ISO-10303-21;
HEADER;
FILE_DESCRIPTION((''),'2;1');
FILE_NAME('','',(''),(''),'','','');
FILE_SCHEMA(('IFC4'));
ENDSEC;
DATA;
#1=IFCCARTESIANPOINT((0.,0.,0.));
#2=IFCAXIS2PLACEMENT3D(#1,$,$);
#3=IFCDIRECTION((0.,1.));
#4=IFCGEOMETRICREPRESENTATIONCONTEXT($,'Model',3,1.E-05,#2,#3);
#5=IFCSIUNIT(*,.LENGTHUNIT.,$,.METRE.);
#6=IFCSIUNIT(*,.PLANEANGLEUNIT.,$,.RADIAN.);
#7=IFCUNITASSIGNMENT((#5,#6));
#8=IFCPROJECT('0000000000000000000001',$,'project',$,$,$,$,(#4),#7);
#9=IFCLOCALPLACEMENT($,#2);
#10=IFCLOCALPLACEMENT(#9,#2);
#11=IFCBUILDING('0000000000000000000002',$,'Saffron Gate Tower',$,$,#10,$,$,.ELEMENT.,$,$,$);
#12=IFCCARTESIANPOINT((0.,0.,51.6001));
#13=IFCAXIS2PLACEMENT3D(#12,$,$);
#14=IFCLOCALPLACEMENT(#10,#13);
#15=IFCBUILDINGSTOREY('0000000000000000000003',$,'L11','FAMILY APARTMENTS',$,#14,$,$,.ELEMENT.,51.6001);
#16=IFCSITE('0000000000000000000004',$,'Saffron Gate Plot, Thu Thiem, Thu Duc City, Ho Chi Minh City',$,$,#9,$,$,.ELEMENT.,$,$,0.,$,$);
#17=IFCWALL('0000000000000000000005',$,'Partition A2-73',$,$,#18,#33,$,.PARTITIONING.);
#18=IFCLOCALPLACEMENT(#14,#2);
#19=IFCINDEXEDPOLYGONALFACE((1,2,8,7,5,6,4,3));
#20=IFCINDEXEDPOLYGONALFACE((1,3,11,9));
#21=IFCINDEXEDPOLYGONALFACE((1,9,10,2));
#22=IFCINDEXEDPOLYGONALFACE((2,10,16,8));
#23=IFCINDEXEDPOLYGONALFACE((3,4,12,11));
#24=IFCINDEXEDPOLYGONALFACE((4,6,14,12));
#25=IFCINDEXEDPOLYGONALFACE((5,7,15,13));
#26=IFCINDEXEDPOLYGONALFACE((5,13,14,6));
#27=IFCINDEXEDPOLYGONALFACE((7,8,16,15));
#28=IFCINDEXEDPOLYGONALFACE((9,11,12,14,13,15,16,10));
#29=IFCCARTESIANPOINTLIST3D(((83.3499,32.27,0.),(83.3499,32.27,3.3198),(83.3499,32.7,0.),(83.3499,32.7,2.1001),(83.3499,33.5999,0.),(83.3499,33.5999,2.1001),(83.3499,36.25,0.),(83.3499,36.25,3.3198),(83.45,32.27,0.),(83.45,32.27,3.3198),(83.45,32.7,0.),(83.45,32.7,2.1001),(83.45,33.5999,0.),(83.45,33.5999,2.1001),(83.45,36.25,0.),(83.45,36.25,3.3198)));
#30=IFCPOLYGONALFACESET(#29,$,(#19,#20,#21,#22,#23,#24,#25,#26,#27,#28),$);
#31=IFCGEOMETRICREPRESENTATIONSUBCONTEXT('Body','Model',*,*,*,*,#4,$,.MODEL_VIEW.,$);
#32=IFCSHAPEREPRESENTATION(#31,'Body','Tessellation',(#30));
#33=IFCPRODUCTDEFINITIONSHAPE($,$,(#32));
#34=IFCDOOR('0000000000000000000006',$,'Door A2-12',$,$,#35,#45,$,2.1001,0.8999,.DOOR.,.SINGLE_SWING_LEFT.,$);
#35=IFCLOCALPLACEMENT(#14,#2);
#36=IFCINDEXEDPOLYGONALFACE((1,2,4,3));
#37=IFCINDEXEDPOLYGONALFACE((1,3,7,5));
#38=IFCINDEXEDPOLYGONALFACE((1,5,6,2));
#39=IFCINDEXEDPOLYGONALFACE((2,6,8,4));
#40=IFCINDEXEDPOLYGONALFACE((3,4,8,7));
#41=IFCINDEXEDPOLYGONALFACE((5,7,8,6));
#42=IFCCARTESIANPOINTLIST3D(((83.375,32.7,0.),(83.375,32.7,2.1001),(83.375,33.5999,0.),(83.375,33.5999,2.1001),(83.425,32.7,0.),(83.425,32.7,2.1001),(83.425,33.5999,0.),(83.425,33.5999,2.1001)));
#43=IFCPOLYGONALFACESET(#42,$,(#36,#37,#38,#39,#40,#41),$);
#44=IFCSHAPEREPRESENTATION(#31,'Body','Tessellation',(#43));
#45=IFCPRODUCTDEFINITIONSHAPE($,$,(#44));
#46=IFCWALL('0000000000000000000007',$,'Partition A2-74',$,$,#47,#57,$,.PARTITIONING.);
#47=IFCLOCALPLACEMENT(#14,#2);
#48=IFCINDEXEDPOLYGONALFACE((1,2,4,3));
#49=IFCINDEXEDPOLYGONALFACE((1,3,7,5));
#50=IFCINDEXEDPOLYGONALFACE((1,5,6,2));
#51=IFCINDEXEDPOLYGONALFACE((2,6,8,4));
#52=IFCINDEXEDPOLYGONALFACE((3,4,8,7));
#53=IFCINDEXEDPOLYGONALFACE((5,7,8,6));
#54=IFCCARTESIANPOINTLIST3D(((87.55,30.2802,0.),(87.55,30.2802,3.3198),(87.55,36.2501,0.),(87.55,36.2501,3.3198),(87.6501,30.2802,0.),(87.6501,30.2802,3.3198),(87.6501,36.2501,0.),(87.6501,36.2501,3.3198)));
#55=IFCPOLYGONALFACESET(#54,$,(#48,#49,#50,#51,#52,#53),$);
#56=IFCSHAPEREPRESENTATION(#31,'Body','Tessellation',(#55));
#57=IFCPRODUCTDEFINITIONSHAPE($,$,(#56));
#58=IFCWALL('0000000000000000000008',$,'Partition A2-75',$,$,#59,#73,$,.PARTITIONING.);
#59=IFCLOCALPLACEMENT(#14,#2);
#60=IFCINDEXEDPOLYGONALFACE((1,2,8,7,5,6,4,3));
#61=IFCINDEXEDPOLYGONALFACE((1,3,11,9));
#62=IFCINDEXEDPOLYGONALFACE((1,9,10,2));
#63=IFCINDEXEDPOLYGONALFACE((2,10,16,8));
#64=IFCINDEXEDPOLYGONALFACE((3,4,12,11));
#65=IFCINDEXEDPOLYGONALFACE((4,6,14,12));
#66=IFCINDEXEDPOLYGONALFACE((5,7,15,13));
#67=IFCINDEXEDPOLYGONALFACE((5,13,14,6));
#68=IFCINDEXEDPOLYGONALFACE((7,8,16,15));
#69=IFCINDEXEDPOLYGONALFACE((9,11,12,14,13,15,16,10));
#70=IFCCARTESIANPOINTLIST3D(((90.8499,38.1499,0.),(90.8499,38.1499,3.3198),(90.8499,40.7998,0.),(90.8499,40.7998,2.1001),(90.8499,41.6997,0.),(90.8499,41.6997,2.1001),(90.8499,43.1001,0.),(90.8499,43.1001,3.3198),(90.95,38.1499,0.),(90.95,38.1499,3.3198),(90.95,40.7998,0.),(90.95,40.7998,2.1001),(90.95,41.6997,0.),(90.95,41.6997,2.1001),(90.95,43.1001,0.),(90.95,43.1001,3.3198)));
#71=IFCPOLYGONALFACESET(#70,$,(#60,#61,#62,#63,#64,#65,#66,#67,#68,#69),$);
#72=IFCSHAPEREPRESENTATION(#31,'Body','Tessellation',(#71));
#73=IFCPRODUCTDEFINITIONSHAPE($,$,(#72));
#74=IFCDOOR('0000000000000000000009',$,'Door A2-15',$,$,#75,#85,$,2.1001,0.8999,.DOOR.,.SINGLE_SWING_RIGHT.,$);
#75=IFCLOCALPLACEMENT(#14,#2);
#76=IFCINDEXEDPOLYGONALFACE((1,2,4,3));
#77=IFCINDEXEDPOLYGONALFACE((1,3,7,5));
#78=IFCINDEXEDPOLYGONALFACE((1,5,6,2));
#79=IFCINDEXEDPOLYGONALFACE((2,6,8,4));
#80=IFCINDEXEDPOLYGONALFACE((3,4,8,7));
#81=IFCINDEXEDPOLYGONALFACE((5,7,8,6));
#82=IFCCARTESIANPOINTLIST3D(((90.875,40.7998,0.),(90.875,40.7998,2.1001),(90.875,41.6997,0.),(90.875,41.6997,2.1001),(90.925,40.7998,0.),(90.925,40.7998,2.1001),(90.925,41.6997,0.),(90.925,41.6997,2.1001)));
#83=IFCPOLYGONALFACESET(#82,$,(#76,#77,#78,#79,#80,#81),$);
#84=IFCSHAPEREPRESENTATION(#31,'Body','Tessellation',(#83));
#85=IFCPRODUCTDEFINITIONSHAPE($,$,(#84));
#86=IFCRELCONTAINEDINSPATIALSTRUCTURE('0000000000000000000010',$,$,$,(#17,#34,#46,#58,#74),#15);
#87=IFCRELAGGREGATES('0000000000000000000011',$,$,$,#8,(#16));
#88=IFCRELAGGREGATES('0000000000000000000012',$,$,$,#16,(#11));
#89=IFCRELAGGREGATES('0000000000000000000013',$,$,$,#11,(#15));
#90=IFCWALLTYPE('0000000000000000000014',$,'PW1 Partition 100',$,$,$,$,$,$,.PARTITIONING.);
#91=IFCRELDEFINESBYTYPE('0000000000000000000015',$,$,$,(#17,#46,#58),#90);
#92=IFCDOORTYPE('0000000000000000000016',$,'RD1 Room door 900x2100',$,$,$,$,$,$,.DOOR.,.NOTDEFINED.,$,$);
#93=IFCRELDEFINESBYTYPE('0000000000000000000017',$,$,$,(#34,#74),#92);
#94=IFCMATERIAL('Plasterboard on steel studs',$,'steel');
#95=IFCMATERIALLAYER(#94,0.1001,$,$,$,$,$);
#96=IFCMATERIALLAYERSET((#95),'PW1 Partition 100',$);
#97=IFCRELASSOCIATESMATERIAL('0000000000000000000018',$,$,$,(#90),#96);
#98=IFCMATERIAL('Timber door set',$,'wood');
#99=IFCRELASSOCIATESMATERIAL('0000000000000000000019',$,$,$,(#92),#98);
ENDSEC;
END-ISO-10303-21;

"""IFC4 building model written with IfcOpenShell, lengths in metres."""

from ifc_helpers import new_model, si_unit, direction, frame, frame_2d, origin, place, context, subcontext, project, spatial, rectangle, extrude, material, layer, layer_set, type_object, element, fill, save


model = new_model("IFC4")

# Units and contexts
model_context = context("Model", 3, precision=1e-05, world=origin(), true_north=direction((0.0, 1.0)))
body_context = subcontext(model_context, "Body", "Model", "MODEL_VIEW")
ifc_project = project(units=[si_unit("LENGTHUNIT", "METRE"), si_unit("PLANEANGLEUNIT", "RADIAN")], contexts=[model_context])

# Site, building, storey
site_placement = place(None, origin())
site = spatial("IfcSite", under=ifc_project, at=site_placement, Name="Saffron Gate Plot, Thu Thiem, Thu Duc City, Ho Chi Minh City", CompositionType="ELEMENT", RefElevation=0.0)
building_placement = place(site_placement, origin())
building = spatial("IfcBuilding", under=site, at=building_placement, Name="Saffron Gate Tower", CompositionType="ELEMENT")
storey_placement = place(building_placement, frame((0.0, 0.0, 51.6001)))
storey = spatial("IfcBuildingStorey", under=building, at=storey_placement, Name="L11", Description="FAMILY APARTMENTS", CompositionType="ELEMENT", Elevation=51.6001)

# Shared definitions
ifc_material_1 = material(Name="Plasterboard on steel studs", Category="steel")
ifc_layer = layer(ifc_material_1, 0.1001)
ifc_layer_set = layer_set([ifc_layer], Name="PW1 Partition 100")
wall_type = type_object("IfcWallType", Name="PW1 Partition 100", PredefinedType="PARTITIONING", material=ifc_layer_set)

# Wall, opening, door
wall_1_placement = place(storey_placement, frame((83.3999, 32.27, 0.0), z_axis=(0.0, 0.0, 1.0), x_axis=(0.0, 1.0, 0.0)))
wall_1 = element("IfcWall", 1, at=wall_1_placement, inside=storey, type_object=wall_type, Name="Partition A2-73", PredefinedType="PARTITIONING", context=body_context, shape_type="SweptSolid", body=[
    extrude(rectangle(XDim=3.98, YDim=0.1001, at=frame_2d((1.99, 0.0))), origin(), (0.0, 0.0, 1.0), 3.3198),
])
opening_1_placement = place(wall_1_placement, frame((0.4299, 0.0, 0.0)))
opening_1 = element("IfcOpeningElement", 2, at=opening_1_placement, cuts=wall_1, PredefinedType="OPENING", context=body_context, shape_type="SweptSolid", body=[
    extrude(rectangle(XDim=0.8999, YDim=2.1001, at=frame_2d((0.45, 1.05))), frame((0.0, 0.0601, 0.0), z_axis=(0.0, -1.0, 0.0), x_axis=(1.0, 0.0, 0.0)), (0.0, 0.0, 1.0), 0.1201),
])
ifc_material_2 = material(Name="Timber door set", Category="wood")
door_type = type_object("IfcDoorType", Name="RD1 Room door 900x2100", OperationType="NOTDEFINED", PredefinedType="DOOR", material=ifc_material_2)
door_1_placement = place(opening_1_placement, origin())
door_1 = element("IfcDoor", 3, at=door_1_placement, inside=storey, type_object=door_type, Name="Door A2-12", OperationType="SINGLE_SWING_LEFT", OverallHeight=2.1001, OverallWidth=0.8999, PredefinedType="DOOR", context=body_context, shape_type="SweptSolid", body=[
    extrude(rectangle(XDim=0.8999, YDim=2.1001, at=frame_2d((0.45, 1.05))), frame((0.0, 0.0249, 0.0), z_axis=(0.0, -1.0, 0.0), x_axis=(1.0, 0.0, 0.0)), (0.0, 0.0, 1.0), 0.05),
])
fill(opening_1, door_1)

# Wall
wall_2_placement = place(storey_placement, frame((87.6001, 36.25, 0.0), z_axis=(0.0, 0.0, 1.0), x_axis=(0.0, -1.0, 0.0)))
element("IfcWall", 4, at=wall_2_placement, inside=storey, type_object=wall_type, Name="Partition A2-74", PredefinedType="PARTITIONING", context=body_context, shape_type="SweptSolid", body=[
    extrude(rectangle(XDim=5.97, YDim=0.1001, at=frame_2d((2.9849, 0.0))), origin(), (0.0, 0.0, 1.0), 3.3198),
])

# Wall, opening, door
wall_3_placement = place(storey_placement, frame((90.8999, 38.1499, 0.0), z_axis=(0.0, 0.0, 1.0), x_axis=(0.0, 1.0, 0.0)))
wall_3 = element("IfcWall", 5, at=wall_3_placement, inside=storey, type_object=wall_type, Name="Partition A2-75", PredefinedType="PARTITIONING", context=body_context, shape_type="SweptSolid", body=[
    extrude(rectangle(XDim=4.9502, YDim=0.1001, at=frame_2d((2.4751, 0.0))), origin(), (0.0, 0.0, 1.0), 3.3198),
])
opening_2_placement = place(wall_3_placement, frame((2.6499, 0.0, 0.0)))
opening_2 = element("IfcOpeningElement", 6, at=opening_2_placement, cuts=wall_3, PredefinedType="OPENING", context=body_context, shape_type="SweptSolid", body=[
    extrude(rectangle(XDim=0.8999, YDim=2.1001, at=frame_2d((0.45, 1.05))), frame((0.0, 0.0601, 0.0), z_axis=(0.0, -1.0, 0.0), x_axis=(1.0, 0.0, 0.0)), (0.0, 0.0, 1.0), 0.1201),
])
door_2_placement = place(opening_2_placement, origin())
door_2 = element("IfcDoor", 7, at=door_2_placement, inside=storey, type_object=door_type, Name="Door A2-15", OperationType="SINGLE_SWING_RIGHT", OverallHeight=2.1001, OverallWidth=0.8999, PredefinedType="DOOR", context=body_context, shape_type="SweptSolid", body=[
    extrude(rectangle(XDim=0.8999, YDim=2.1001, at=frame_2d((0.45, 1.05))), frame((0.0, 0.0249, 0.0), z_axis=(0.0, -1.0, 0.0), x_axis=(1.0, 0.0, 0.0)), (0.0, 0.0, 1.0), 0.05),
])
fill(opening_2, door_2)

save(model, "model.ifc")
